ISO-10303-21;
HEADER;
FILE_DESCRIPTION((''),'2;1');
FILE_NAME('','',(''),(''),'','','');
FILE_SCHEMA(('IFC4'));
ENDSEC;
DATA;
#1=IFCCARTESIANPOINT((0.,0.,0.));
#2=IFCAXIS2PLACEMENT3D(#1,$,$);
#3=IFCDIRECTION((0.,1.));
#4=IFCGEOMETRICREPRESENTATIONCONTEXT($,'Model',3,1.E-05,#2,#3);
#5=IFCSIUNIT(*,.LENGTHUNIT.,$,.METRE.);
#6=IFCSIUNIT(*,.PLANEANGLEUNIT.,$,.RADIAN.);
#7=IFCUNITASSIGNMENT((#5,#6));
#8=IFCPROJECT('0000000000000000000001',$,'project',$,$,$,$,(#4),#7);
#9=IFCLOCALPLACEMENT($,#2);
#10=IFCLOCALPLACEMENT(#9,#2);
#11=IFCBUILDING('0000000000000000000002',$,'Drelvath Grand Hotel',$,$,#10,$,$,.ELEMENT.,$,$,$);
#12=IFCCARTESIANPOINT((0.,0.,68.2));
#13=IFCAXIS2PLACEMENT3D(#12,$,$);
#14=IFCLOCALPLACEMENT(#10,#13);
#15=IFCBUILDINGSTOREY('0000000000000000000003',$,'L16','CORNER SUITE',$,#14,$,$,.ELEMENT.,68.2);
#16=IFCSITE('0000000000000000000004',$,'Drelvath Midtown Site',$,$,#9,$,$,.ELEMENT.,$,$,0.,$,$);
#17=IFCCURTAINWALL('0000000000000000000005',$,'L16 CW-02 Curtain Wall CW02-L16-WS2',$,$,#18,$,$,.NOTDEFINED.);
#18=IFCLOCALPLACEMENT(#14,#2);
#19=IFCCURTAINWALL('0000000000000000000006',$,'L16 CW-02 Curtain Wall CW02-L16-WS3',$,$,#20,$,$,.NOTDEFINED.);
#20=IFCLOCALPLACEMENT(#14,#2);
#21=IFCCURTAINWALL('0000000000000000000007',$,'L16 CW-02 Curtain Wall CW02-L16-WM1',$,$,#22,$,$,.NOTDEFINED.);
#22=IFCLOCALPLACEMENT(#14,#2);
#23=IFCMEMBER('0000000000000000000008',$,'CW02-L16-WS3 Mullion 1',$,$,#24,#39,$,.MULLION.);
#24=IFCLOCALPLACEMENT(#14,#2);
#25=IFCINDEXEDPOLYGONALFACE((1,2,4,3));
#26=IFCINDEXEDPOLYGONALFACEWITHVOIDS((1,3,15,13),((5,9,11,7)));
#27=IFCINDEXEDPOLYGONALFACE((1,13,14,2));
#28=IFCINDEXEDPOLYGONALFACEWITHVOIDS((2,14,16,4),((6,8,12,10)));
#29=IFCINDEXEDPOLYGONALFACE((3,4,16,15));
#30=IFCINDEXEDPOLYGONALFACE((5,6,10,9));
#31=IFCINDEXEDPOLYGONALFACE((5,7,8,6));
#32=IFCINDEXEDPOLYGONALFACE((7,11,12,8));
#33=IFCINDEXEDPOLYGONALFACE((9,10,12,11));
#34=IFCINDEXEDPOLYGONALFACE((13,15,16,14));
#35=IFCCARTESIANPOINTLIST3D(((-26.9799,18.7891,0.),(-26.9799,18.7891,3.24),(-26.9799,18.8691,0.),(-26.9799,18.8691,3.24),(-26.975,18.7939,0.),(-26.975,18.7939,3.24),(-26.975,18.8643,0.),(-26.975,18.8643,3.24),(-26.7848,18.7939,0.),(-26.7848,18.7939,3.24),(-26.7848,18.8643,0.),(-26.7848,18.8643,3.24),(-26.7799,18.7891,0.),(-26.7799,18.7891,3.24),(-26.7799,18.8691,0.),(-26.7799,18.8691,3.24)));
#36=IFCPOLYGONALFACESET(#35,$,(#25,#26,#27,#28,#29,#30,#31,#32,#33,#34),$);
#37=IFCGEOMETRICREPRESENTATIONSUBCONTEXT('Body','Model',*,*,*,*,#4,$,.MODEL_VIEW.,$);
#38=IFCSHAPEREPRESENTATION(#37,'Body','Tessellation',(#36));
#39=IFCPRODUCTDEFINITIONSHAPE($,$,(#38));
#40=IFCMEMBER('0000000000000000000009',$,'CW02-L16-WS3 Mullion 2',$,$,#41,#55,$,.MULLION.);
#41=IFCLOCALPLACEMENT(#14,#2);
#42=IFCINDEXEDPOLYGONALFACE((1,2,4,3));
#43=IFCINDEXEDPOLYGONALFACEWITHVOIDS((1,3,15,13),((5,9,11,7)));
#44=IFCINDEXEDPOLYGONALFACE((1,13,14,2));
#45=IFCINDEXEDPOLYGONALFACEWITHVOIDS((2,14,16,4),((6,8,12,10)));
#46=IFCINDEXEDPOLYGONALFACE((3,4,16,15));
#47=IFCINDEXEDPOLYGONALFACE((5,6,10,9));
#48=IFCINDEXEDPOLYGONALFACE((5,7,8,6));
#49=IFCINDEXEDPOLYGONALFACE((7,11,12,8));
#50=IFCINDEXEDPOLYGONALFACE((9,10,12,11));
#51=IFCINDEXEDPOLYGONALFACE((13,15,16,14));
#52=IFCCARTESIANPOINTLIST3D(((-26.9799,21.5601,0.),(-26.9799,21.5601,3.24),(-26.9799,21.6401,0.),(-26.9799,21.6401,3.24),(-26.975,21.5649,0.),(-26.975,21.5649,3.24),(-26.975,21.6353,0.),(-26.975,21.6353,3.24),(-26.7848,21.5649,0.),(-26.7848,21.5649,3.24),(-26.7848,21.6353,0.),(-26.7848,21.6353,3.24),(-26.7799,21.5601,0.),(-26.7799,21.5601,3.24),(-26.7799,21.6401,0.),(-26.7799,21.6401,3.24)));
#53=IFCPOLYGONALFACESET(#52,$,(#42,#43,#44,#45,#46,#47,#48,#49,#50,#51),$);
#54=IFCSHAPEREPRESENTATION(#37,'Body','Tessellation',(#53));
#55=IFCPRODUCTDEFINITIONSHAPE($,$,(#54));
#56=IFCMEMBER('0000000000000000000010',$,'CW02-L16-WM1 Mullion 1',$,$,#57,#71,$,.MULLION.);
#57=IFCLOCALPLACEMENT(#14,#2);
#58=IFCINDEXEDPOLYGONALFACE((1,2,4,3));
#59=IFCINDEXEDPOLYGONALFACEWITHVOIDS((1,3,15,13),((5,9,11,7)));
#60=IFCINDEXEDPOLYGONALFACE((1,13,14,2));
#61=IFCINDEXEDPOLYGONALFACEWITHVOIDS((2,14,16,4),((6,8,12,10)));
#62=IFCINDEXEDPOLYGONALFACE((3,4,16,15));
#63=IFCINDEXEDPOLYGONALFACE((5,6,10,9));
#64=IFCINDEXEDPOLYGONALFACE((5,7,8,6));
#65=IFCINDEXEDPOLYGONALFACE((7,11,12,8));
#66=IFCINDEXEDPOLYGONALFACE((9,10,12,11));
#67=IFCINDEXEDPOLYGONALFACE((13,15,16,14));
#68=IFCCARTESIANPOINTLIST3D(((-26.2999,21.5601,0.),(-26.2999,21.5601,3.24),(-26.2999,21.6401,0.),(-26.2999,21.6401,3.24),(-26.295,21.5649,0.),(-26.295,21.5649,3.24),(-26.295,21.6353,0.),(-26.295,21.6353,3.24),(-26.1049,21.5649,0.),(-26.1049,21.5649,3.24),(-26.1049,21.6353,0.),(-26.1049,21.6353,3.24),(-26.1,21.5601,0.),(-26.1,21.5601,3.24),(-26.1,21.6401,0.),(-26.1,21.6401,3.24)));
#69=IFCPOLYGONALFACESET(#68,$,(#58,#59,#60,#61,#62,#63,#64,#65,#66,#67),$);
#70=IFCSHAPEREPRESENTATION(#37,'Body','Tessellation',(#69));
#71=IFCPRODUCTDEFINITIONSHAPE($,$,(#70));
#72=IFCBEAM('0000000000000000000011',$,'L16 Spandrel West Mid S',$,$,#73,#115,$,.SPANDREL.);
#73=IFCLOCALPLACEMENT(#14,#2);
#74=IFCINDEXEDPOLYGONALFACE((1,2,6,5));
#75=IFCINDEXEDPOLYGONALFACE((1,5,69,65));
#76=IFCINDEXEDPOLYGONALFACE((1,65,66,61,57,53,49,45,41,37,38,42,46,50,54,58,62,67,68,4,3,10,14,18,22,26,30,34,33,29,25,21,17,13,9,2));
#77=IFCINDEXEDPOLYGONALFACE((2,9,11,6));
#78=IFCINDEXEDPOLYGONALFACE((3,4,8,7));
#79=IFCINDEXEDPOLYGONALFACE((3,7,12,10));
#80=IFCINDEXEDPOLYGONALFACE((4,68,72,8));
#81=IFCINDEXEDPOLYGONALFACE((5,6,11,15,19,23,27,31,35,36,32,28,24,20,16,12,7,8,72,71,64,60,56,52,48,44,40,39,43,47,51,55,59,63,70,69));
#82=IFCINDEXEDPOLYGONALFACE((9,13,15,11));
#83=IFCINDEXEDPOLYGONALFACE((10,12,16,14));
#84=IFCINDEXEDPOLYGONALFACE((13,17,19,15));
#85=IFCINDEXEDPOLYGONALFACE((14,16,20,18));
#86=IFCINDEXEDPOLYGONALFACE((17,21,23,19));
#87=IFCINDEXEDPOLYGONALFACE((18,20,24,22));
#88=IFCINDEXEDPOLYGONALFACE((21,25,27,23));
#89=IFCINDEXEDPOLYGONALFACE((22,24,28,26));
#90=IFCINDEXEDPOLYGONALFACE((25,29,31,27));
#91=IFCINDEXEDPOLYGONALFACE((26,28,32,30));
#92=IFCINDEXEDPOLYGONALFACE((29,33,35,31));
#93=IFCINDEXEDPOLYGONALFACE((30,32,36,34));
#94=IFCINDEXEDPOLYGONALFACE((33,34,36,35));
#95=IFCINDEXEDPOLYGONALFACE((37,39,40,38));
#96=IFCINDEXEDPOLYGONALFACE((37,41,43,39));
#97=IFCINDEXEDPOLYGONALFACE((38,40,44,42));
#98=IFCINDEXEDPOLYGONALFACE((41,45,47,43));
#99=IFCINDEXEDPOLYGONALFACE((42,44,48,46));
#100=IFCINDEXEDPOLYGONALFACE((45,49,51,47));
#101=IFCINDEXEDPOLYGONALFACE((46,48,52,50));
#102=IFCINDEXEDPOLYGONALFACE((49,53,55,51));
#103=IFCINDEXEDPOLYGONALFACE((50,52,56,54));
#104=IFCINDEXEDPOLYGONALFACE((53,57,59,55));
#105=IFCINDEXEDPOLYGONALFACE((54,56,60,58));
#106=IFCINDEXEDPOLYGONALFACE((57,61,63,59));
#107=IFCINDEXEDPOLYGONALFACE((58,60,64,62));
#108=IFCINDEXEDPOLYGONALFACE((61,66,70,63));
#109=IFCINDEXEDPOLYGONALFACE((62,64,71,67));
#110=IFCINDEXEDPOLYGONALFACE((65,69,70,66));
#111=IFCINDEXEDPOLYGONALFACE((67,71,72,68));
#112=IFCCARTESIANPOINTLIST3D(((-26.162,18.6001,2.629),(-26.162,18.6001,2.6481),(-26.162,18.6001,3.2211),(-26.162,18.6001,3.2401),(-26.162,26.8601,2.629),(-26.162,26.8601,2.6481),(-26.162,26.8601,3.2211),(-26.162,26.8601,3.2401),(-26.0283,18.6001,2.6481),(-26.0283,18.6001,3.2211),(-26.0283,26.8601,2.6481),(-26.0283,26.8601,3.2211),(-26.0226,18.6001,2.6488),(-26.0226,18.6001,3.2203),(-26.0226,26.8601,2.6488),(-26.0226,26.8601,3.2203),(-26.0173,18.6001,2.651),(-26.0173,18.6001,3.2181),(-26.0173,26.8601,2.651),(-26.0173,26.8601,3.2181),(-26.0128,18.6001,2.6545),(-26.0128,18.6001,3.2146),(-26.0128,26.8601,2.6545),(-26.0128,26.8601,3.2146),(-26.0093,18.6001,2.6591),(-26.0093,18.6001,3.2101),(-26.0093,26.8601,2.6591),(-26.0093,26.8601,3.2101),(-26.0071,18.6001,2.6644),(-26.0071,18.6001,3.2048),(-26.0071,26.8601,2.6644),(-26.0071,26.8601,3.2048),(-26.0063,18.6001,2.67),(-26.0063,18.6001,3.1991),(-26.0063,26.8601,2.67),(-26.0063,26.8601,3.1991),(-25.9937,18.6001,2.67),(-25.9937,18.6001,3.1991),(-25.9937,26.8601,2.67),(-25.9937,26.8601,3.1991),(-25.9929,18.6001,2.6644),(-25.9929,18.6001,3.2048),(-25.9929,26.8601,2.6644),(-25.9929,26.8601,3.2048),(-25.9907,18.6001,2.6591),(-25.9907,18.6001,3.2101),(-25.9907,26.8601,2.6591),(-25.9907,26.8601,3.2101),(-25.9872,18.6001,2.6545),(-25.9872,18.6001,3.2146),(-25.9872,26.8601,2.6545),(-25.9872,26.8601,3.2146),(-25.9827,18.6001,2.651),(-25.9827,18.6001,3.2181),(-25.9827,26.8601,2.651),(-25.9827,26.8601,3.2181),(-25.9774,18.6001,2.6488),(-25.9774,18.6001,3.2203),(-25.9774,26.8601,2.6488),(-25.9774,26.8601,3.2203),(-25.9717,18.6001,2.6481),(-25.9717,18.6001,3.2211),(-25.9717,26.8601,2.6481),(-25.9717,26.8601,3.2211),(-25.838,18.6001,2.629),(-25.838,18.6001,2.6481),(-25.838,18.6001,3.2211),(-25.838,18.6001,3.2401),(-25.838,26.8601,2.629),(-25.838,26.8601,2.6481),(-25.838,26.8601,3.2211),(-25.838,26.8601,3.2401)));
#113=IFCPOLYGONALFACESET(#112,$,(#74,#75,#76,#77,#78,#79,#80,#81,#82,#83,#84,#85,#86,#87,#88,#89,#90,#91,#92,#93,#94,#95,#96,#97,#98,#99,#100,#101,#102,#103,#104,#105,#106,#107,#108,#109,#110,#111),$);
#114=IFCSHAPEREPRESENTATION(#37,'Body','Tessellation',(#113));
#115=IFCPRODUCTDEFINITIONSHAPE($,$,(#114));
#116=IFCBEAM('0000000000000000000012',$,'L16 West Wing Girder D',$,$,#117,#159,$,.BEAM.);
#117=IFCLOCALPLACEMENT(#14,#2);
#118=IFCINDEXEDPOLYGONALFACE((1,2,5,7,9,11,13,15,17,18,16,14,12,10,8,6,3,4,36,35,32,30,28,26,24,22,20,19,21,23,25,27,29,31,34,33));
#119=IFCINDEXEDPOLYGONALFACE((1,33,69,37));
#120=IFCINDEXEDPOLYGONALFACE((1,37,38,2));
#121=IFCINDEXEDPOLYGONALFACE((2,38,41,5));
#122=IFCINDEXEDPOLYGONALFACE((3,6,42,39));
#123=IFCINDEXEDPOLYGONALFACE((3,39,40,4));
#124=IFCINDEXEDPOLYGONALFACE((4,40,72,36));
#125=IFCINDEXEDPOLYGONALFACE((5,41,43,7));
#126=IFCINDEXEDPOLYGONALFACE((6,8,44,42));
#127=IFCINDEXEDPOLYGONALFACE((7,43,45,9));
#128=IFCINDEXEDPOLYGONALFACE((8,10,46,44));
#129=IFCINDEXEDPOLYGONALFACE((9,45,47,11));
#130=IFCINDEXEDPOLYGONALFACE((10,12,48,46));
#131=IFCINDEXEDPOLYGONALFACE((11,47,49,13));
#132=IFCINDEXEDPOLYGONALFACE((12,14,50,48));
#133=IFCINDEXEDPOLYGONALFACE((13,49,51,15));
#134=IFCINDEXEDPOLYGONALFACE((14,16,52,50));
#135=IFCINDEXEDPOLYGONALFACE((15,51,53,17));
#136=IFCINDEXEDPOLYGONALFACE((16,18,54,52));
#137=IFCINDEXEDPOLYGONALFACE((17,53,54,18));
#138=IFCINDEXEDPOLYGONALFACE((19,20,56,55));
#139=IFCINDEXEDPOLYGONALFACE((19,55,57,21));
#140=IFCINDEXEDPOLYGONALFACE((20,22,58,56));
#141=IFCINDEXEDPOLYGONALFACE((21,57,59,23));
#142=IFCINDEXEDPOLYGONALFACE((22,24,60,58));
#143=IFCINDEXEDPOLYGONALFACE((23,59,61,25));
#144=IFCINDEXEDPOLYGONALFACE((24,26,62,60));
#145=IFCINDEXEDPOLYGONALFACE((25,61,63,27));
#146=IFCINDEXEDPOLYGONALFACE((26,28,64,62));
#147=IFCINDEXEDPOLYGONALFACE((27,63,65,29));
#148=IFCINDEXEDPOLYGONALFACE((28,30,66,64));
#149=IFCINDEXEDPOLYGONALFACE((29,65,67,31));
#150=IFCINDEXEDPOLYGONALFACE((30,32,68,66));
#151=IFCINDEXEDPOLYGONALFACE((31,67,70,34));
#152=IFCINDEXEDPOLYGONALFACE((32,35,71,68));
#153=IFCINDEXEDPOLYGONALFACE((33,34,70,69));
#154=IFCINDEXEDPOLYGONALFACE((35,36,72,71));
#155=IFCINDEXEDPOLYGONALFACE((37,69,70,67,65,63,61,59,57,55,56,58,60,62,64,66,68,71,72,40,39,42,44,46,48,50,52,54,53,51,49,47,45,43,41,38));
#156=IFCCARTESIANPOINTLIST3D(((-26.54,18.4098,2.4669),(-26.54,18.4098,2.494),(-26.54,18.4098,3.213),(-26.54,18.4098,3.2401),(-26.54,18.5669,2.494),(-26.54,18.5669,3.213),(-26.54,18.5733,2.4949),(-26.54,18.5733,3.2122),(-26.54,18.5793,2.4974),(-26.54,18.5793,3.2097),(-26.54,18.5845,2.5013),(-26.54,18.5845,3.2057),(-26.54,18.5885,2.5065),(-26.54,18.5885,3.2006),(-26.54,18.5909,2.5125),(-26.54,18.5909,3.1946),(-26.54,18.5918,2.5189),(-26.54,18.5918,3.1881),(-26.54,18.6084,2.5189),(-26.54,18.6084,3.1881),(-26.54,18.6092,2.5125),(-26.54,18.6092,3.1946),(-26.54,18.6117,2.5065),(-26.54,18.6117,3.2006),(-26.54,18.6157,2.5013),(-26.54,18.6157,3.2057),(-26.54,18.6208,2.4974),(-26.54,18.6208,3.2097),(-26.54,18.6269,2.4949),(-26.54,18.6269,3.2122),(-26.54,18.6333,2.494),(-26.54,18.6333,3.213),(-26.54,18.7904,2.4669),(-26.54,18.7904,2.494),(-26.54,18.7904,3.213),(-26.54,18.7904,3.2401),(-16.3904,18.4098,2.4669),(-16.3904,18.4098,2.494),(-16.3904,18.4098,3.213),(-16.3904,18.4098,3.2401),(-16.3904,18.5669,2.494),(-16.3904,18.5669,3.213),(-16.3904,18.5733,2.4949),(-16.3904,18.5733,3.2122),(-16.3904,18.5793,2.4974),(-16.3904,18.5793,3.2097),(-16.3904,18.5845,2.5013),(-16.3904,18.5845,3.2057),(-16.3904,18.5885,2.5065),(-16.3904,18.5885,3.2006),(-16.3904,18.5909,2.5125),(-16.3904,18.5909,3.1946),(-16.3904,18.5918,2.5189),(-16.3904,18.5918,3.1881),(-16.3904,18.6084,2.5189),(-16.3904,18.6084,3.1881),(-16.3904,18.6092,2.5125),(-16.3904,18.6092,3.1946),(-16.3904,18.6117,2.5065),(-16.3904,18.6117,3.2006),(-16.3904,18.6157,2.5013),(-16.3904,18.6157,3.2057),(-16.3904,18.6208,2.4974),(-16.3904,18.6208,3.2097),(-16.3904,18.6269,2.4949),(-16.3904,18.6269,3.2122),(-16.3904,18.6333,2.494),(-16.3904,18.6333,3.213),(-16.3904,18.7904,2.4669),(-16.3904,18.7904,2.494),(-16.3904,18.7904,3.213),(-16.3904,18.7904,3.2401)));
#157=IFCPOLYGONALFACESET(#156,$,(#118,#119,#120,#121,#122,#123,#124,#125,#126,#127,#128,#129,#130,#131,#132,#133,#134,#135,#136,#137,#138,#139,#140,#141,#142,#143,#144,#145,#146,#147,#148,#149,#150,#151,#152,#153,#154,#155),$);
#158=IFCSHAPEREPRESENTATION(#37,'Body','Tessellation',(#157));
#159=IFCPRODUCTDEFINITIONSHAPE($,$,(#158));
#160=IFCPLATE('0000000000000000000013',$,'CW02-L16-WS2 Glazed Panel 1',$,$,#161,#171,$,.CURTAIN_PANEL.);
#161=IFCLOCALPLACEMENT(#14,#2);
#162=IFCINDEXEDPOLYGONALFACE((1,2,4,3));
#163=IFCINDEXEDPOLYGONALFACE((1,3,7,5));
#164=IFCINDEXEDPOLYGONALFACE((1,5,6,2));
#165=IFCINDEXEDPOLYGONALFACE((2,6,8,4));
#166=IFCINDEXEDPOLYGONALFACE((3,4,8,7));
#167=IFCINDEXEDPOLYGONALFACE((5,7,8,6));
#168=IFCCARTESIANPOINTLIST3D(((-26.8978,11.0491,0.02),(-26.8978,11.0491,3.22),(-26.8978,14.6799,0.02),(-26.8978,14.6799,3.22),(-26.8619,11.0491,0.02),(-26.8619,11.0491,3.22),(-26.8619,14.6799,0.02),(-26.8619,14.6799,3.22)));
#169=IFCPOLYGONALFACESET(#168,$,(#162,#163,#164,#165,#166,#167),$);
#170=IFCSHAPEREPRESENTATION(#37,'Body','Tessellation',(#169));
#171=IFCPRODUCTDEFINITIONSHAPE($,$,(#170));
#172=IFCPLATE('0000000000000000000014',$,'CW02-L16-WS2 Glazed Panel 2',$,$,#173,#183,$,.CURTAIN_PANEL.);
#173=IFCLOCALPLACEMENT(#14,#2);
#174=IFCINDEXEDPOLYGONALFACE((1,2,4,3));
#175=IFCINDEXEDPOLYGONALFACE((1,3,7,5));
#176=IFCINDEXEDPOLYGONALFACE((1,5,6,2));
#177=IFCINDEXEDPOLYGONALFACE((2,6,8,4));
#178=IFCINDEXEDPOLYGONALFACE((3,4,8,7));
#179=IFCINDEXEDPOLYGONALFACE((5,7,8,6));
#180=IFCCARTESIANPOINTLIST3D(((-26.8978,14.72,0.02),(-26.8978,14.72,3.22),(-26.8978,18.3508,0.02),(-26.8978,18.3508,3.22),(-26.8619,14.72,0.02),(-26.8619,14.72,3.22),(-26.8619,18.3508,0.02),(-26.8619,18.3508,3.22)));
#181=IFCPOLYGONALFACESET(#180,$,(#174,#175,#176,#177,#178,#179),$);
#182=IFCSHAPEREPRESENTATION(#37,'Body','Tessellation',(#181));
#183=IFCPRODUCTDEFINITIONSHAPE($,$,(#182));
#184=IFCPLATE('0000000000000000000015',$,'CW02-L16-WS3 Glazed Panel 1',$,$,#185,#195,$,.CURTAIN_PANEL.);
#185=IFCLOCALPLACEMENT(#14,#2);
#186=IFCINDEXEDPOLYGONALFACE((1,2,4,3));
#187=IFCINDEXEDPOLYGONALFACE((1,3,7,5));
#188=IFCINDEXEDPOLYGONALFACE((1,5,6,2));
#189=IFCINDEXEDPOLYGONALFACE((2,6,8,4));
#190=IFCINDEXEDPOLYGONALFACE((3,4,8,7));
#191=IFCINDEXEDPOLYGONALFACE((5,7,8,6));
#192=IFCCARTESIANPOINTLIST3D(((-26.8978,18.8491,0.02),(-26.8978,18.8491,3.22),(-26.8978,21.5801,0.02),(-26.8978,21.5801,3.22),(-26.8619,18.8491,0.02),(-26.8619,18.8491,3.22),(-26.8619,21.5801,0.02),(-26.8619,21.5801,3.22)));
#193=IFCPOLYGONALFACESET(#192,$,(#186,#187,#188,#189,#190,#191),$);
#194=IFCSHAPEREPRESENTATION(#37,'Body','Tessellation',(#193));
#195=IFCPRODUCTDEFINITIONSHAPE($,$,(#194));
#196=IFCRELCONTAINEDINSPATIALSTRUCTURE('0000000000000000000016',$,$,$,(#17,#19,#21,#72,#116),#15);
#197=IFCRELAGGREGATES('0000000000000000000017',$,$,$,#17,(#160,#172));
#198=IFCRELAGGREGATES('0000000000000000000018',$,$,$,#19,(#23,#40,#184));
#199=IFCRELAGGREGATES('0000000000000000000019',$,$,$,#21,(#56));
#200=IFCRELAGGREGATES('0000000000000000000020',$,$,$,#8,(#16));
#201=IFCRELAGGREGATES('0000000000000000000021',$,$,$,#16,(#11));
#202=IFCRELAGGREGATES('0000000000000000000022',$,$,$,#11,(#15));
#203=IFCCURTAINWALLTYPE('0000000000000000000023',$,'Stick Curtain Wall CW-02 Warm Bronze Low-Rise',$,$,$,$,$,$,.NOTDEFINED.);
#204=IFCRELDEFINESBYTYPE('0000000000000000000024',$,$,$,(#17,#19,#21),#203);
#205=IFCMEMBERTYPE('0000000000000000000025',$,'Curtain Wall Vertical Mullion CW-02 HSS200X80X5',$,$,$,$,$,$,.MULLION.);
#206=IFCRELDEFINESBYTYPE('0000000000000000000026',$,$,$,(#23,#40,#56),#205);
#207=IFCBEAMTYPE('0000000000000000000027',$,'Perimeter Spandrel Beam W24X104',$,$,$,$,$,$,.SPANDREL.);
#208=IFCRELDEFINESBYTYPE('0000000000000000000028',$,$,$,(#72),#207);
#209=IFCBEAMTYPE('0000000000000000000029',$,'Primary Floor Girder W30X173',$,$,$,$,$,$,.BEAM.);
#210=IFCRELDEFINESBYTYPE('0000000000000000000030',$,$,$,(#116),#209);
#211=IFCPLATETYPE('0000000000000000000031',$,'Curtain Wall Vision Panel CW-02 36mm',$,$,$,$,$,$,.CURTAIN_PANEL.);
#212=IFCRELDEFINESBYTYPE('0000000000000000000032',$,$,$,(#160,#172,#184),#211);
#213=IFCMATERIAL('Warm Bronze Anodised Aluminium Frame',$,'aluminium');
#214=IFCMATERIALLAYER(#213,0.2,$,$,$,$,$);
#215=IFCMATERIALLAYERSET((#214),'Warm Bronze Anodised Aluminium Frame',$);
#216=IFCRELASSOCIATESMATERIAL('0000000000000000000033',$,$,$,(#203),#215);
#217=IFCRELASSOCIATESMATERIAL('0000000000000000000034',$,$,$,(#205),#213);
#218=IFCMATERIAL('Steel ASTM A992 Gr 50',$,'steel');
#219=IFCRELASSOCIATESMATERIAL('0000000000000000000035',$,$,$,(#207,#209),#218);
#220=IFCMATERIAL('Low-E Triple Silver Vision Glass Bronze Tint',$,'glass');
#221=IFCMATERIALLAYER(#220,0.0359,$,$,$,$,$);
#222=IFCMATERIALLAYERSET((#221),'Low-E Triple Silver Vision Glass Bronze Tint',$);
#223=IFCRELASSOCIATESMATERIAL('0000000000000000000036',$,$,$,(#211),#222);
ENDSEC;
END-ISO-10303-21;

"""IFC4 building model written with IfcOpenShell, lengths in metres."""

from ifc_helpers import new_model, si_unit, direction, frame, origin, origin_2d, place, context, subcontext, project, spatial, rectangle, hollow_rectangle, i_section, extrude, material, layer, layer_set, material_profile, profile_set, type_object, element, aggregate, save


model = new_model("IFC4")

# Units and contexts
model_context = context("Model", 3, precision=1e-05, world=origin(), true_north=direction((0.0, 1.0)))
body_context = subcontext(model_context, "Body", "Model", "MODEL_VIEW")
ifc_project = project(units=[si_unit("LENGTHUNIT", "METRE"), si_unit("PLANEANGLEUNIT", "RADIAN")], contexts=[model_context])

# Site, building, storey
site_placement = place(None, origin())
site = spatial("IfcSite", under=ifc_project, at=site_placement, Name="Drelvath Midtown Site", CompositionType="ELEMENT", RefElevation=0.0)
building_placement = place(site_placement, origin())
building = spatial("IfcBuilding", under=site, at=building_placement, Name="Drelvath Grand Hotel", CompositionType="ELEMENT")
storey_placement = place(building_placement, frame((0.0, 0.0, 68.2)))
storey = spatial("IfcBuildingStorey", under=building, at=storey_placement, Name="L16", Description="CORNER SUITE", CompositionType="ELEMENT", Elevation=68.2)

# Shared definitions
ifc_material_1 = material(Name="Steel ASTM A992 Gr 50", Category="steel")

# Curtain walls
ifc_material_2 = material(Name="Warm Bronze Anodised Aluminium Frame", Category="aluminium")
ifc_layer_1 = layer(ifc_material_2, 0.2)
ifc_layer_set_1 = layer_set([ifc_layer_1], Name="Warm Bronze Anodised Aluminium Frame")
curtain_wall_type = type_object("IfcCurtainWallType", Name="Stick Curtain Wall CW-02 Warm Bronze Low-Rise", PredefinedType="NOTDEFINED", material=ifc_layer_set_1)
curtain_wall_1_placement = place(storey_placement, origin())
curtain_wall_1 = element("IfcCurtainWall", 1, at=curtain_wall_1_placement, inside=storey, type_object=curtain_wall_type, Name="L16 CW-02 Curtain Wall CW02-L16-WS2", PredefinedType="NOTDEFINED")
curtain_wall_2_placement = place(storey_placement, origin())
curtain_wall_2 = element("IfcCurtainWall", 2, at=curtain_wall_2_placement, inside=storey, type_object=curtain_wall_type, Name="L16 CW-02 Curtain Wall CW02-L16-WS3", PredefinedType="NOTDEFINED")
curtain_wall_3_placement = place(storey_placement, origin())
curtain_wall_3 = element("IfcCurtainWall", 3, at=curtain_wall_3_placement, inside=storey, type_object=curtain_wall_type, Name="L16 CW-02 Curtain Wall CW02-L16-WM1", PredefinedType="NOTDEFINED")

# Members
ifc_material_profile_1 = material_profile(ifc_material_2, hollow_rectangle(XDim=0.0801, YDim=0.2, WallThickness=0.0049, at=origin_2d()), Name="HSS200X80X5")
ifc_profile_set_1 = profile_set([ifc_material_profile_1], Name="Warm Bronze Anodised Aluminium Frame")
member_type_1 = type_object("IfcMemberType", Name="Curtain Wall Vertical Mullion CW-02 HSS200X80X5", PredefinedType="MULLION", material=ifc_profile_set_1)
member_1_placement = place(storey_placement, frame((-26.8799, 18.8291, 0.0), z_axis=(0.0, 0.0, 1.0), x_axis=(0.0, 1.0, 0.0)))
member_1 = element("IfcMember", 4, at=member_1_placement, type_object=member_type_1, Name="CW02-L16-WS3 Mullion 1", PredefinedType="MULLION", context=body_context, shape_type="SweptSolid", body=[
    extrude(hollow_rectangle(XDim=0.0801, YDim=0.2, WallThickness=0.0049, at=origin_2d()), origin(), (0.0, 0.0, 1.0), 3.24),
])
member_2_placement = place(storey_placement, frame((-26.8799, 21.6001, 0.0), z_axis=(0.0, 0.0, 1.0), x_axis=(0.0, 1.0, 0.0)))
member_2 = element("IfcMember", 5, at=member_2_placement, type_object=member_type_1, Name="CW02-L16-WS3 Mullion 2", PredefinedType="MULLION", context=body_context, shape_type="SweptSolid", body=[
    extrude(hollow_rectangle(XDim=0.0801, YDim=0.2, WallThickness=0.0049, at=origin_2d()), origin(), (0.0, 0.0, 1.0), 3.24),
])
member_3_placement = place(storey_placement, frame((-26.2, 21.6001, 0.0), z_axis=(0.0, 0.0, 1.0), x_axis=(0.0, 1.0, 0.0)))
member_3 = element("IfcMember", 6, at=member_3_placement, type_object=member_type_1, Name="CW02-L16-WM1 Mullion 1", PredefinedType="MULLION", context=body_context, shape_type="SweptSolid", body=[
    extrude(hollow_rectangle(XDim=0.0801, YDim=0.2, WallThickness=0.0049, at=origin_2d()), origin(), (0.0, 0.0, 1.0), 3.24),
])

# Beams
ifc_material_profile_2 = material_profile(ifc_material_1, i_section(OverallWidth=0.324, OverallDepth=0.6111, WebThickness=0.0127, FlangeThickness=0.019, FilletRadius=0.022, at=origin_2d()), Name="W24X104")
ifc_profile_set_2 = profile_set([ifc_material_profile_2], Name="Steel ASTM A992 Gr 50")
beam_type_1 = type_object("IfcBeamType", Name="Perimeter Spandrel Beam W24X104", PredefinedType="SPANDREL", material=ifc_profile_set_2)
beam_1_placement = place(storey_placement, frame((-26.0, 18.6001, 2.9346), z_axis=(0.0, 1.0, 0.0), x_axis=(-1.0, 0.0, 0.0)))
element("IfcBeam", 7, at=beam_1_placement, inside=storey, type_object=beam_type_1, Name="L16 Spandrel West Mid S", PredefinedType="SPANDREL", context=body_context, shape_type="SweptSolid", body=[
    extrude(i_section(OverallWidth=0.324, OverallDepth=0.6111, WebThickness=0.0127, FlangeThickness=0.019, FilletRadius=0.022, at=origin_2d()), origin(), (0.0, 0.0, 1.0), 8.26),
])
ifc_material_profile_3 = material_profile(ifc_material_1, i_section(OverallWidth=0.3806, OverallDepth=0.7732, WebThickness=0.0166, FlangeThickness=0.0271, FilletRadius=0.0249, at=origin_2d()), Name="W30X173")
ifc_profile_set_3 = profile_set([ifc_material_profile_3], Name="Steel ASTM A992 Gr 50")
beam_type_2 = type_object("IfcBeamType", Name="Primary Floor Girder W30X173", PredefinedType="BEAM", material=ifc_profile_set_3)
beam_2_placement = place(storey_placement, frame((-26.54, 18.6001, 2.8535), z_axis=(1.0, 0.0, 0.0), x_axis=(0.0, 1.0, 0.0)))
element("IfcBeam", 8, at=beam_2_placement, inside=storey, type_object=beam_type_2, Name="L16 West Wing Girder D", PredefinedType="BEAM", context=body_context, shape_type="SweptSolid", body=[
    extrude(i_section(OverallWidth=0.3806, OverallDepth=0.7732, WebThickness=0.0166, FlangeThickness=0.0271, FilletRadius=0.0249, at=origin_2d()), origin(), (0.0, 0.0, 1.0), 10.1497),
])

# Plates
ifc_material_3 = material(Name="Low-E Triple Silver Vision Glass Bronze Tint", Category="glass")
ifc_layer_2 = layer(ifc_material_3, 0.0359)
ifc_layer_set_2 = layer_set([ifc_layer_2], Name="Low-E Triple Silver Vision Glass Bronze Tint")
plate_type = type_object("IfcPlateType", Name="Curtain Wall Vision Panel CW-02 36mm", PredefinedType="CURTAIN_PANEL", material=ifc_layer_set_2)
plate_1_placement = place(storey_placement, frame((-26.8799, 12.8645, 0.02), z_axis=(0.0, 0.0, 1.0), x_axis=(0.0, 1.0, 0.0)))
plate_1 = element("IfcPlate", 9, at=plate_1_placement, type_object=plate_type, Name="CW02-L16-WS2 Glazed Panel 1", PredefinedType="CURTAIN_PANEL", context=body_context, shape_type="SweptSolid", body=[
    extrude(rectangle(XDim=3.6309, YDim=0.0359, at=origin_2d()), origin(), (0.0, 0.0, 1.0), 3.2),
])
plate_2_placement = place(storey_placement, frame((-26.8799, 16.5354, 0.02), z_axis=(0.0, 0.0, 1.0), x_axis=(0.0, 1.0, 0.0)))
plate_2 = element("IfcPlate", 10, at=plate_2_placement, type_object=plate_type, Name="CW02-L16-WS2 Glazed Panel 2", PredefinedType="CURTAIN_PANEL", context=body_context, shape_type="SweptSolid", body=[
    extrude(rectangle(XDim=3.6309, YDim=0.0359, at=origin_2d()), origin(), (0.0, 0.0, 1.0), 3.2),
])
aggregate(curtain_wall_1, [plate_1, plate_2])
plate_3_placement = place(storey_placement, frame((-26.8799, 20.2146, 0.02), z_axis=(0.0, 0.0, 1.0), x_axis=(0.0, 1.0, 0.0)))
plate_3 = element("IfcPlate", 11, at=plate_3_placement, type_object=plate_type, Name="CW02-L16-WS3 Glazed Panel 1", PredefinedType="CURTAIN_PANEL", context=body_context, shape_type="SweptSolid", body=[
    extrude(rectangle(XDim=2.731, YDim=0.0359, at=origin_2d()), origin(), (0.0, 0.0, 1.0), 3.2),
])
aggregate(curtain_wall_2, [member_1, member_2, plate_3])
aggregate(curtain_wall_3, [member_3])

save(model, "model.ifc")
